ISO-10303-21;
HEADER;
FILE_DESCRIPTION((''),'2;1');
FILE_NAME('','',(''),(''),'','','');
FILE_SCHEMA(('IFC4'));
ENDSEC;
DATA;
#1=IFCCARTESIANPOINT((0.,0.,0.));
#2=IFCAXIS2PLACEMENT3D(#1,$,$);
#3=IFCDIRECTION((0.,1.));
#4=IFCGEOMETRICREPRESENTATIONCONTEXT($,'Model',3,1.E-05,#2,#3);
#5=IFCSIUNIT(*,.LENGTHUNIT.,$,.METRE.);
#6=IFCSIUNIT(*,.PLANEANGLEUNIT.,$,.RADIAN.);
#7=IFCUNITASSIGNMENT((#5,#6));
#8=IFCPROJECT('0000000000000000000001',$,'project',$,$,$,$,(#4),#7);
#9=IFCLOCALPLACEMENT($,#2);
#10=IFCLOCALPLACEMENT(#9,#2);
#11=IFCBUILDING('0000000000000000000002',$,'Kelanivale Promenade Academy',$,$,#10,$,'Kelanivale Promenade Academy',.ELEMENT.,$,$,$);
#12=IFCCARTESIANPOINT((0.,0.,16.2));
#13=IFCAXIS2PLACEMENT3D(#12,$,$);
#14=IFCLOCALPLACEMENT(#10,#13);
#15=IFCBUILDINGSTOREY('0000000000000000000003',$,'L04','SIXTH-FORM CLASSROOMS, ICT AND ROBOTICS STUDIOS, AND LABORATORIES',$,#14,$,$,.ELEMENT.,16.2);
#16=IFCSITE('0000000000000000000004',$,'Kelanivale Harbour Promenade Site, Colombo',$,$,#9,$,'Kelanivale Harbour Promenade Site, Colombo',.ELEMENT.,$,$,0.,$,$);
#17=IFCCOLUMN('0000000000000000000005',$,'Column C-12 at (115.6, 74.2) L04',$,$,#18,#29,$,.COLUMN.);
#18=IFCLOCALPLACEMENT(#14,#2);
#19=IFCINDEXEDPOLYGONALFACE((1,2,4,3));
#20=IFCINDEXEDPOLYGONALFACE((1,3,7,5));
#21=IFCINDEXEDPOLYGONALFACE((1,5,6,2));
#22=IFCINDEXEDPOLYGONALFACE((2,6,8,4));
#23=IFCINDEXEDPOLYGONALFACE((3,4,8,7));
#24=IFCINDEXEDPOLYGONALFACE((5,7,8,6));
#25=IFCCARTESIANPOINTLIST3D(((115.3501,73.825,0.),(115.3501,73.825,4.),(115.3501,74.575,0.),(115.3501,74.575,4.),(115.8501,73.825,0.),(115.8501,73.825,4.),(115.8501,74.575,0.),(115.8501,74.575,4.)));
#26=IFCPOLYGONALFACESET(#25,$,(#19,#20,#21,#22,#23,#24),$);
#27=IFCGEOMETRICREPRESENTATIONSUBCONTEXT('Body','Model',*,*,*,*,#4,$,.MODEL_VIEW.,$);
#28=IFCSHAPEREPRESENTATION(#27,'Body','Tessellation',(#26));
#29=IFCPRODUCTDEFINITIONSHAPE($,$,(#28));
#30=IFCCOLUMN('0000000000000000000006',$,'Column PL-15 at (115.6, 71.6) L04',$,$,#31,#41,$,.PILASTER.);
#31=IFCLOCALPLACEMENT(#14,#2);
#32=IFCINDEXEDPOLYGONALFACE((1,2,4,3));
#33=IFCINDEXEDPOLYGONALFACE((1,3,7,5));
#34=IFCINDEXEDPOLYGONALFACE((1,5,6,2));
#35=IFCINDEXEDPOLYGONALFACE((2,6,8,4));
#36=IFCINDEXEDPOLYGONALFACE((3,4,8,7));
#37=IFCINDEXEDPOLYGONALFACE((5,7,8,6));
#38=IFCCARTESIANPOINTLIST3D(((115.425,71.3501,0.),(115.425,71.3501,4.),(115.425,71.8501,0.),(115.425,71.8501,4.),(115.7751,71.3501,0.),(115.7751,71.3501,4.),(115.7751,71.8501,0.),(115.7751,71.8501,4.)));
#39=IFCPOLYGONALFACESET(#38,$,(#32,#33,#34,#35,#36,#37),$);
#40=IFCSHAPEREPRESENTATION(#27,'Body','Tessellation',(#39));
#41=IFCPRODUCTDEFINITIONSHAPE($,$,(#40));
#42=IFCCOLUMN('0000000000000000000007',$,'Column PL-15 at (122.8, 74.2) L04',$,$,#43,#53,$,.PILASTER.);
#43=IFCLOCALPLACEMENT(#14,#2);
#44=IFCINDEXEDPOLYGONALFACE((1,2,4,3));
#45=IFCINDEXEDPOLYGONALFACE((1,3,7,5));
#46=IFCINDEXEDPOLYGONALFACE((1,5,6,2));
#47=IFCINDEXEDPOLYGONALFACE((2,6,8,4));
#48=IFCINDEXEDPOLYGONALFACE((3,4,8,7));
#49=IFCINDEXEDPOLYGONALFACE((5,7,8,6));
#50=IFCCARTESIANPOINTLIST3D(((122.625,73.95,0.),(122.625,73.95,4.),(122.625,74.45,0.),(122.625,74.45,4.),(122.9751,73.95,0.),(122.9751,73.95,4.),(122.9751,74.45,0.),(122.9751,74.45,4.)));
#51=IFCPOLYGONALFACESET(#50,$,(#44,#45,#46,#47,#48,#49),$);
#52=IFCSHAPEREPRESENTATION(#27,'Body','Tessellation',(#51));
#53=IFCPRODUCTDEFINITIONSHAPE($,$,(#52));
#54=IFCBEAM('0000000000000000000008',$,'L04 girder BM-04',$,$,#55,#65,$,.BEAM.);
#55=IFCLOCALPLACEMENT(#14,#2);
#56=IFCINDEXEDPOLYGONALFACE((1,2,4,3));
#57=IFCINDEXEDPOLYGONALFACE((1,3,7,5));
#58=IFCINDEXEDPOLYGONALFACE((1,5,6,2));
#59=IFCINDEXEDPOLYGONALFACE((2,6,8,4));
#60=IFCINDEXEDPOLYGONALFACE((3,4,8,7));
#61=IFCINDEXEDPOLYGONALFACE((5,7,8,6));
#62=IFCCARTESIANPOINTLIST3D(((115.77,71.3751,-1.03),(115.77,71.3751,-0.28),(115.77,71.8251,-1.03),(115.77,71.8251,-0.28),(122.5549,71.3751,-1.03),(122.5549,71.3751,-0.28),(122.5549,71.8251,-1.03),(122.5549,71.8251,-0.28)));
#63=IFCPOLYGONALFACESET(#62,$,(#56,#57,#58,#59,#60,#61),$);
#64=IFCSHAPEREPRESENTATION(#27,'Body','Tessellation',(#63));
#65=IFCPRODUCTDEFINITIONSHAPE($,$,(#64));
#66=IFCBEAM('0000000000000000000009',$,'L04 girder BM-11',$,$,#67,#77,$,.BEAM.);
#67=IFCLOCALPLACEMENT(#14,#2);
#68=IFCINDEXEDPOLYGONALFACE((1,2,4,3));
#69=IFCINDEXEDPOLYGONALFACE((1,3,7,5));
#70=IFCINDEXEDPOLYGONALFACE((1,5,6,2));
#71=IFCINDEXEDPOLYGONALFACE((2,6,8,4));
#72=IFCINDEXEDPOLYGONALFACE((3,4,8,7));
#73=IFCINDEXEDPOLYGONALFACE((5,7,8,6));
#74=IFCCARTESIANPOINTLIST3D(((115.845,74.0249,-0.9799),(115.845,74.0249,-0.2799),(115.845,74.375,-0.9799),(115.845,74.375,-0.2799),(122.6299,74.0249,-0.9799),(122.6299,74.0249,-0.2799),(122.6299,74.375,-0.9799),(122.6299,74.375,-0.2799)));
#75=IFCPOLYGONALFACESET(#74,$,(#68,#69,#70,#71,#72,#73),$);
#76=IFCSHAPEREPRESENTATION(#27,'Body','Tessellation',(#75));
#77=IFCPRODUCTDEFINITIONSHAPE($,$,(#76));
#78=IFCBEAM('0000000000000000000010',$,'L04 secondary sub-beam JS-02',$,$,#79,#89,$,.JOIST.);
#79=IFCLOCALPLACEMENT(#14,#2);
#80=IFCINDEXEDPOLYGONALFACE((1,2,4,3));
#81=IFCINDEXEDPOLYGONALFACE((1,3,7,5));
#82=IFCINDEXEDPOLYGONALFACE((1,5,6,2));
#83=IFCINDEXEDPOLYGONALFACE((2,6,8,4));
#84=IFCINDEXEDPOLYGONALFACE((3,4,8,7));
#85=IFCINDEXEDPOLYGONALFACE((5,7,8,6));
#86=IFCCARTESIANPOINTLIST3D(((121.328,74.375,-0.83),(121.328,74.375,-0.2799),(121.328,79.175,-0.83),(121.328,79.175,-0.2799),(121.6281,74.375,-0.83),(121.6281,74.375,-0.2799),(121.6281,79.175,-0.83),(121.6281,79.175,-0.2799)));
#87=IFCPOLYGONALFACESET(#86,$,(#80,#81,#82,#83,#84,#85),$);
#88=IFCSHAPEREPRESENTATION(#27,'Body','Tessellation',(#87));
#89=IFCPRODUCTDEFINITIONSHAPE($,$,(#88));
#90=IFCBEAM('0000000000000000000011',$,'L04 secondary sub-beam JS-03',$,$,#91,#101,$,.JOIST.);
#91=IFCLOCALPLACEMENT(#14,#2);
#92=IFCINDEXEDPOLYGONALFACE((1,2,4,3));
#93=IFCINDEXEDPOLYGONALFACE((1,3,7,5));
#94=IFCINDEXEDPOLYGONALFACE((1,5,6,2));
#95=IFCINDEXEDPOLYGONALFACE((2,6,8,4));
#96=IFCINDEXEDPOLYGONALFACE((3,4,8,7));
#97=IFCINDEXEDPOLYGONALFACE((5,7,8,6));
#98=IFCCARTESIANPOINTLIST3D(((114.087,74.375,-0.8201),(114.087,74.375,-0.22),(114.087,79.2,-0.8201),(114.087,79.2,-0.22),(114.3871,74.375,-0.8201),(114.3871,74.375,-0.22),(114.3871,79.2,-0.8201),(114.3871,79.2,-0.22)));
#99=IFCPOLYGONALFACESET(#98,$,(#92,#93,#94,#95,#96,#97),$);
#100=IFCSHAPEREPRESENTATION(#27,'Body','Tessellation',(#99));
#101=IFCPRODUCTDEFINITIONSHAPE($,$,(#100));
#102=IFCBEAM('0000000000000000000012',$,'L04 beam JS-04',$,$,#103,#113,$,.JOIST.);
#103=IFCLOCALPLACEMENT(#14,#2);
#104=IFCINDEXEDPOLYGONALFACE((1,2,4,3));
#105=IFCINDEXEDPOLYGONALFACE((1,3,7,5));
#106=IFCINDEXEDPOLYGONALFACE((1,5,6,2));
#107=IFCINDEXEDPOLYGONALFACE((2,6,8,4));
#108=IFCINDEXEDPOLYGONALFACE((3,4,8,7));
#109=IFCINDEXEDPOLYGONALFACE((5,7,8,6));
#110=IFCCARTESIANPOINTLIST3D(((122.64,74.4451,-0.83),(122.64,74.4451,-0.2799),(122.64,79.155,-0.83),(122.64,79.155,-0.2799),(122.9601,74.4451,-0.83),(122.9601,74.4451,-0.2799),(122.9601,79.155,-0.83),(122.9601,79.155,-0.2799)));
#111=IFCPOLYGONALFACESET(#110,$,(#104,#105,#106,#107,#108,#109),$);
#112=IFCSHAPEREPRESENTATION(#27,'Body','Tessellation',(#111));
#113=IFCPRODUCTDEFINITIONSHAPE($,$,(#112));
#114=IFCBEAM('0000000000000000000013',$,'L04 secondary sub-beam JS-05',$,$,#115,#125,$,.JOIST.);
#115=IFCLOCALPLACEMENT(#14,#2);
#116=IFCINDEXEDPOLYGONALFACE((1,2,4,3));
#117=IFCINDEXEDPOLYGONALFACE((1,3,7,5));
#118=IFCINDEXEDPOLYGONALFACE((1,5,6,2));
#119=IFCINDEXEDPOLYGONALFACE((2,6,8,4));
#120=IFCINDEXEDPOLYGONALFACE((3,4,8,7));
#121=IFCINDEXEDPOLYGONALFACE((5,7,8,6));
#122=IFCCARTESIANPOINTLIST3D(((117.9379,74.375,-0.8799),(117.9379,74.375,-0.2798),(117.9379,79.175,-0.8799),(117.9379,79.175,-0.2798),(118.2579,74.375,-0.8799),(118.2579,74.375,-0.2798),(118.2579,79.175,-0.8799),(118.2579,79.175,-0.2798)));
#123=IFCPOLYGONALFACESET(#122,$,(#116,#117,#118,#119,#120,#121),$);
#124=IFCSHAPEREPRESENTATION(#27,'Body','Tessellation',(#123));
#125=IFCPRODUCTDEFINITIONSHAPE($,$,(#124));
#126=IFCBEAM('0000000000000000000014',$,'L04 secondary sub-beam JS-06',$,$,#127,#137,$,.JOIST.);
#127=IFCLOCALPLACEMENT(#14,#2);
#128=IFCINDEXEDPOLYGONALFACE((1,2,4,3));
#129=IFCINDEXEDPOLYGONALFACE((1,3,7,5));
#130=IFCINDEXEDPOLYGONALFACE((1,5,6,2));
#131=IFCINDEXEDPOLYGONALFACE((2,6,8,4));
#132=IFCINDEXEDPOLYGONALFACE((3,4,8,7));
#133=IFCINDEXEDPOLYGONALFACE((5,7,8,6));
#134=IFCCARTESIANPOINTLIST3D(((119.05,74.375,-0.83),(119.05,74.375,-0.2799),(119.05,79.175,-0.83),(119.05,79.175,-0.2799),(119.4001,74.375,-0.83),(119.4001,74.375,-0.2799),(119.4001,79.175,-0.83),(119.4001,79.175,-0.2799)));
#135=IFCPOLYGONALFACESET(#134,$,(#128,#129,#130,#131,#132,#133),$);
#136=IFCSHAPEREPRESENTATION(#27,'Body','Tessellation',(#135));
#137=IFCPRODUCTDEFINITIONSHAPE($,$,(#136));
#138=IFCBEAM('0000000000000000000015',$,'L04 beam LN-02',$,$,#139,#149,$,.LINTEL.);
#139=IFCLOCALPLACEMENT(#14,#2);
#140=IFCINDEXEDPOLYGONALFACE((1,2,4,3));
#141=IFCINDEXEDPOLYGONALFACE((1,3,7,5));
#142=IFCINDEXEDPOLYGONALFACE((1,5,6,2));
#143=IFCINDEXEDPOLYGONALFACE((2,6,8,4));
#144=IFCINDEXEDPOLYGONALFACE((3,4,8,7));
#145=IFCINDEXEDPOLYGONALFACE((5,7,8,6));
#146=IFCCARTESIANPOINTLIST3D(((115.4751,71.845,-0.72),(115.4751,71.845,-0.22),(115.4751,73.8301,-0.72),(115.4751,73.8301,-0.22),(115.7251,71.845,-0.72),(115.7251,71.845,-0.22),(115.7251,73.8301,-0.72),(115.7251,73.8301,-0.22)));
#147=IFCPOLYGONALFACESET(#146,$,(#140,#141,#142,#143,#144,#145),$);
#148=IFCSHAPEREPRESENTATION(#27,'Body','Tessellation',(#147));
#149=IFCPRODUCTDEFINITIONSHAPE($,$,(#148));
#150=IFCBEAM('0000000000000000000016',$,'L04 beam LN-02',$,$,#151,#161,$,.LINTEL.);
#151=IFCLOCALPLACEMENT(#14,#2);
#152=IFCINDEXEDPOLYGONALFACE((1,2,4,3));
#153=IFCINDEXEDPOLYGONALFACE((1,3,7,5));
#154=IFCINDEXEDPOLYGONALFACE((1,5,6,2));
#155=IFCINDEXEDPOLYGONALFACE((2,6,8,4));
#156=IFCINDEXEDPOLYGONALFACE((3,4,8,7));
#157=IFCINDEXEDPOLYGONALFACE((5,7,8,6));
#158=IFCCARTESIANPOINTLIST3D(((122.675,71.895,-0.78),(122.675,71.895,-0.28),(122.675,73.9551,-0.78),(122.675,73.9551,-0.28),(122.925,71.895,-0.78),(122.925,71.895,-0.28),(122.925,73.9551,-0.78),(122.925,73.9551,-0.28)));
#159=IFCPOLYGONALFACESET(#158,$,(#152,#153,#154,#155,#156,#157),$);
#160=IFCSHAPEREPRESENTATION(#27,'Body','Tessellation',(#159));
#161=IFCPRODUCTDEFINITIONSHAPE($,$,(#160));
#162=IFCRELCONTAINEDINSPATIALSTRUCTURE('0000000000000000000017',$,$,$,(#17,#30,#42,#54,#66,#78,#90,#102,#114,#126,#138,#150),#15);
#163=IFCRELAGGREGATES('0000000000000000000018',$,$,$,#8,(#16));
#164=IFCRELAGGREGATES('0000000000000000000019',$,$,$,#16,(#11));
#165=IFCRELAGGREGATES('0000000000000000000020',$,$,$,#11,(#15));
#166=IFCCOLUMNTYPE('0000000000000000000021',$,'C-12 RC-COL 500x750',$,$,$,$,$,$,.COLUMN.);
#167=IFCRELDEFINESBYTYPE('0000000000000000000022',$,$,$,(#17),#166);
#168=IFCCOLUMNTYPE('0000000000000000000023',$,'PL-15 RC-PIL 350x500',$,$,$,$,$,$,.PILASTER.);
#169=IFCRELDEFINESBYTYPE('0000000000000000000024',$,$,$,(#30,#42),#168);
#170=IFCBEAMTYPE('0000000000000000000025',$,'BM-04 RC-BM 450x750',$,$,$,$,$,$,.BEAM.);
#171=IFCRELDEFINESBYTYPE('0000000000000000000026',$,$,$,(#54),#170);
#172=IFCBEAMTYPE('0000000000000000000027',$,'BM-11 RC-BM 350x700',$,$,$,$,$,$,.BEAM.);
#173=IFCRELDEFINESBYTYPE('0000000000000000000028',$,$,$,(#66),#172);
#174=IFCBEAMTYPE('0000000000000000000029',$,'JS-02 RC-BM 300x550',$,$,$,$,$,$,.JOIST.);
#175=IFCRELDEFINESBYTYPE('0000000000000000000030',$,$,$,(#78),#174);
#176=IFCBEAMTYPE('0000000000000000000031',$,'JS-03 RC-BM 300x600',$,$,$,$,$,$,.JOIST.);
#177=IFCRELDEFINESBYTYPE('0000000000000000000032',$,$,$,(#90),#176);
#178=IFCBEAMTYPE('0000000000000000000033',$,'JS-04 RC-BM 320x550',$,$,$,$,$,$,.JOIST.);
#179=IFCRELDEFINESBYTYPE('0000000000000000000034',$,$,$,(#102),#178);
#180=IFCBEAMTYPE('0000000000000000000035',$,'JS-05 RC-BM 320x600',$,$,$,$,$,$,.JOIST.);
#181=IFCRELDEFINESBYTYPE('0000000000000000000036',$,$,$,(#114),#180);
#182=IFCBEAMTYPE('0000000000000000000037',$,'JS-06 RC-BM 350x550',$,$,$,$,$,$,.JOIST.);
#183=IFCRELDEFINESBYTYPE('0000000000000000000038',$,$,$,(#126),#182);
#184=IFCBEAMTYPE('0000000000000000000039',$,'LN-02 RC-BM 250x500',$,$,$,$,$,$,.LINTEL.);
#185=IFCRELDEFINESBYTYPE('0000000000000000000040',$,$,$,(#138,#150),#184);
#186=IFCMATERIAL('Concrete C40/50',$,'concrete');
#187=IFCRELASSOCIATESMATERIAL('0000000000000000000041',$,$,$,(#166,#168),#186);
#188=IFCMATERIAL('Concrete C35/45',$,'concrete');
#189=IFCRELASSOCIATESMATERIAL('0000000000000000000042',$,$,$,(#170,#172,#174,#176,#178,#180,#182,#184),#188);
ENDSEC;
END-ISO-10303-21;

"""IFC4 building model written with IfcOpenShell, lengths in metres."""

from ifc_helpers import new_model, si_unit, direction, frame, origin, origin_2d, place, context, subcontext, project, spatial, rectangle, extrude, material, material_profile, profile_set, type_object, element, save


model = new_model("IFC4")

# Units and contexts
model_context = context("Model", 3, precision=1e-05, world=origin(), true_north=direction((0.0, 1.0)))
body_context = subcontext(model_context, "Body", "Model", "MODEL_VIEW")
ifc_project = project(units=[si_unit("LENGTHUNIT", "METRE"), si_unit("PLANEANGLEUNIT", "RADIAN")], contexts=[model_context])

# Site, building, storey
site_placement = place(None, origin())
site = spatial("IfcSite", under=ifc_project, at=site_placement, Name="Kelanivale Harbour Promenade Site, Colombo", LongName="Kelanivale Harbour Promenade Site, Colombo", CompositionType="ELEMENT", RefElevation=0.0)
building_placement = place(site_placement, origin())
building = spatial("IfcBuilding", under=site, at=building_placement, Name="Kelanivale Promenade Academy", LongName="Kelanivale Promenade Academy", CompositionType="ELEMENT")
storey_placement = place(building_placement, frame((0.0, 0.0, 16.2)))
storey = spatial("IfcBuildingStorey", under=building, at=storey_placement, Name="L04", Description="SIXTH-FORM CLASSROOMS, ICT AND ROBOTICS STUDIOS, AND LABORATORIES", CompositionType="ELEMENT", Elevation=16.2)

# Columns
ifc_material_1 = material(Name="Concrete C40/50", Category="concrete")
ifc_material_profile_1 = material_profile(ifc_material_1, rectangle(XDim=0.5, YDim=0.75, at=origin_2d()), Name="RC-COL 500x750")
ifc_profile_set_1 = profile_set([ifc_material_profile_1], Name="Concrete C40/50")
column_type_1 = type_object("IfcColumnType", Name="C-12 RC-COL 500x750", PredefinedType="COLUMN", material=ifc_profile_set_1)
column_placement = place(storey_placement, frame((115.6001, 74.2, 0.0), z_axis=(0.0, 0.0, 1.0), x_axis=(1.0, 0.0, 0.0)))
element("IfcColumn", 1, at=column_placement, inside=storey, type_object=column_type_1, Name="Column C-12 at (115.6, 74.2) L04", PredefinedType="COLUMN", context=body_context, shape_type="SweptSolid", body=[
    extrude(rectangle(XDim=0.5, YDim=0.75, at=origin_2d()), origin(), (0.0, 0.0, 1.0), 4.0),
])
ifc_material_profile_2 = material_profile(ifc_material_1, rectangle(XDim=0.3501, YDim=0.5, at=origin_2d()), Name="RC-PIL 350x500")
ifc_profile_set_2 = profile_set([ifc_material_profile_2], Name="Concrete C40/50")
column_type_2 = type_object("IfcColumnType", Name="PL-15 RC-PIL 350x500", PredefinedType="PILASTER", material=ifc_profile_set_2)
for number, where, z_axis, x_axis, name in (
    (2, (115.6001, 71.6001, 0.0), (0.0, 0.0, 1.0), (1.0, 0.0, 0.0), "Column PL-15 at (115.6, 71.6) L04"),
    (3, (122.8, 74.2, 0.0), (0.0, 0.0, 1.0), (1.0, 0.0, 0.0), "Column PL-15 at (122.8, 74.2) L04"),
):
    element("IfcColumn", number, at=place(storey_placement, frame(where, z_axis=z_axis, x_axis=x_axis)), inside=storey, type_object=column_type_2, Name=name, PredefinedType="PILASTER", context=body_context, shape_type="SweptSolid", body=[
        extrude(rectangle(XDim=0.3501, YDim=0.5, at=origin_2d()), origin(), (0.0, 0.0, 1.0), 4.0),
    ])

# Beams
ifc_material_2 = material(Name="Concrete C35/45", Category="concrete")
ifc_material_profile_3 = material_profile(ifc_material_2, rectangle(XDim=0.45, YDim=0.75, at=origin_2d()), Name="RC-BM 450x750")
ifc_profile_set_3 = profile_set([ifc_material_profile_3], Name="Concrete C35/45")
beam_type_1 = type_object("IfcBeamType", Name="BM-04 RC-BM 450x750", PredefinedType="BEAM", material=ifc_profile_set_3)
beam_1_placement = place(storey_placement, frame((115.77, 71.6001, -0.655), z_axis=(1.0, 0.0, 0.0), x_axis=(0.0, 1.0, 0.0)))
element("IfcBeam", 4, at=beam_1_placement, inside=storey, type_object=beam_type_1, Name="L04 girder BM-04", PredefinedType="BEAM", context=body_context, shape_type="SweptSolid", body=[
    extrude(rectangle(XDim=0.45, YDim=0.75, at=origin_2d()), origin(), (0.0, 0.0, 1.0), 6.7849),
])
ifc_material_profile_4 = material_profile(ifc_material_2, rectangle(XDim=0.3501, YDim=0.7, at=origin_2d()), Name="RC-BM 350x700")
ifc_profile_set_4 = profile_set([ifc_material_profile_4], Name="Concrete C35/45")
beam_type_2 = type_object("IfcBeamType", Name="BM-11 RC-BM 350x700", PredefinedType="BEAM", material=ifc_profile_set_4)
beam_2_placement = place(storey_placement, frame((115.845, 74.2, -0.6299), z_axis=(1.0, 0.0, 0.0), x_axis=(0.0, 1.0, 0.0)))
element("IfcBeam", 5, at=beam_2_placement, inside=storey, type_object=beam_type_2, Name="L04 girder BM-11", PredefinedType="BEAM", context=body_context, shape_type="SweptSolid", body=[
    extrude(rectangle(XDim=0.3501, YDim=0.7, at=origin_2d()), origin(), (0.0, 0.0, 1.0), 6.7849),
])
ifc_material_profile_5 = material_profile(ifc_material_2, rectangle(XDim=0.3, YDim=0.55, at=origin_2d()), Name="RC-BM 300x550")
ifc_profile_set_5 = profile_set([ifc_material_profile_5], Name="Concrete C35/45")
beam_type_3 = type_object("IfcBeamType", Name="JS-02 RC-BM 300x550", PredefinedType="JOIST", material=ifc_profile_set_5)
beam_3_placement = place(storey_placement, frame((121.478, 74.375, -0.5549), z_axis=(0.0, 1.0, 0.0), x_axis=(-1.0, 0.0, 0.0)))
element("IfcBeam", 6, at=beam_3_placement, inside=storey, type_object=beam_type_3, Name="L04 secondary sub-beam JS-02", PredefinedType="JOIST", context=body_context, shape_type="SweptSolid", body=[
    extrude(rectangle(XDim=0.3, YDim=0.55, at=origin_2d()), origin(), (0.0, 0.0, 1.0), 4.8),
])
ifc_material_profile_6 = material_profile(ifc_material_2, rectangle(XDim=0.3, YDim=0.6001, at=origin_2d()), Name="RC-BM 300x600")
ifc_profile_set_6 = profile_set([ifc_material_profile_6], Name="Concrete C35/45")
beam_type_4 = type_object("IfcBeamType", Name="JS-03 RC-BM 300x600", PredefinedType="JOIST", material=ifc_profile_set_6)
beam_4_placement = place(storey_placement, frame((114.2371, 74.375, -0.52), z_axis=(0.0, 1.0, 0.0), x_axis=(-1.0, 0.0, 0.0)))
element("IfcBeam", 7, at=beam_4_placement, inside=storey, type_object=beam_type_4, Name="L04 secondary sub-beam JS-03", PredefinedType="JOIST", context=body_context, shape_type="SweptSolid", body=[
    extrude(rectangle(XDim=0.3, YDim=0.6001, at=origin_2d()), origin(), (0.0, 0.0, 1.0), 4.825),
])
ifc_material_profile_7 = material_profile(ifc_material_2, rectangle(XDim=0.3201, YDim=0.55, at=origin_2d()), Name="RC-BM 320x550")
ifc_profile_set_7 = profile_set([ifc_material_profile_7], Name="Concrete C35/45")
beam_type_5 = type_object("IfcBeamType", Name="JS-04 RC-BM 320x550", PredefinedType="JOIST", material=ifc_profile_set_7)
beam_5_placement = place(storey_placement, frame((122.8, 74.4451, -0.5549), z_axis=(0.0, 1.0, 0.0), x_axis=(-1.0, 0.0, 0.0)))
element("IfcBeam", 8, at=beam_5_placement, inside=storey, type_object=beam_type_5, Name="L04 beam JS-04", PredefinedType="JOIST", context=body_context, shape_type="SweptSolid", body=[
    extrude(rectangle(XDim=0.3201, YDim=0.55, at=origin_2d()), origin(), (0.0, 0.0, 1.0), 4.71),
])
ifc_material_profile_8 = material_profile(ifc_material_2, rectangle(XDim=0.3201, YDim=0.6001, at=origin_2d()), Name="RC-BM 320x600")
ifc_profile_set_8 = profile_set([ifc_material_profile_8], Name="Concrete C35/45")
beam_type_6 = type_object("IfcBeamType", Name="JS-05 RC-BM 320x600", PredefinedType="JOIST", material=ifc_profile_set_8)
beam_6_placement = place(storey_placement, frame((118.0979, 74.375, -0.5798), z_axis=(0.0, 1.0, 0.0), x_axis=(-1.0, 0.0, 0.0)))
element("IfcBeam", 9, at=beam_6_placement, inside=storey, type_object=beam_type_6, Name="L04 secondary sub-beam JS-05", PredefinedType="JOIST", context=body_context, shape_type="SweptSolid", body=[
    extrude(rectangle(XDim=0.3201, YDim=0.6001, at=origin_2d()), origin(), (0.0, 0.0, 1.0), 4.8),
])
ifc_material_profile_9 = material_profile(ifc_material_2, rectangle(XDim=0.3501, YDim=0.55, at=origin_2d()), Name="RC-BM 350x550")
ifc_profile_set_9 = profile_set([ifc_material_profile_9], Name="Concrete C35/45")
beam_type_7 = type_object("IfcBeamType", Name="JS-06 RC-BM 350x550", PredefinedType="JOIST", material=ifc_profile_set_9)
beam_7_placement = place(storey_placement, frame((119.2251, 74.375, -0.5549), z_axis=(0.0, 1.0, 0.0), x_axis=(-1.0, 0.0, 0.0)))
element("IfcBeam", 10, at=beam_7_placement, inside=storey, type_object=beam_type_7, Name="L04 secondary sub-beam JS-06", PredefinedType="JOIST", context=body_context, shape_type="SweptSolid", body=[
    extrude(rectangle(XDim=0.3501, YDim=0.55, at=origin_2d()), origin(), (0.0, 0.0, 1.0), 4.8),
])
ifc_material_profile_10 = material_profile(ifc_material_2, rectangle(XDim=0.25, YDim=0.5, at=origin_2d()), Name="RC-BM 250x500")
ifc_profile_set_10 = profile_set([ifc_material_profile_10], Name="Concrete C35/45")
beam_type_8 = type_object("IfcBeamType", Name="LN-02 RC-BM 250x500", PredefinedType="LINTEL", material=ifc_profile_set_10)
beam_8_placement = place(storey_placement, frame((115.6001, 71.845, -0.47), z_axis=(0.0, 1.0, 0.0), x_axis=(-1.0, 0.0, 0.0)))
element("IfcBeam", 11, at=beam_8_placement, inside=storey, type_object=beam_type_8, Name="L04 beam LN-02", PredefinedType="LINTEL", context=body_context, shape_type="SweptSolid", body=[
    extrude(rectangle(XDim=0.25, YDim=0.5, at=origin_2d()), origin(), (0.0, 0.0, 1.0), 1.9851),
])
beam_9_placement = place(storey_placement, frame((122.8, 71.895, -0.53), z_axis=(0.0, 1.0, 0.0), x_axis=(-1.0, 0.0, 0.0)))
element("IfcBeam", 12, at=beam_9_placement, inside=storey, type_object=beam_type_8, Name="L04 beam LN-02", PredefinedType="LINTEL", context=body_context, shape_type="SweptSolid", body=[
    extrude(rectangle(XDim=0.25, YDim=0.5, at=origin_2d()), origin(), (0.0, 0.0, 1.0), 2.0601),
])

save(model, "model.ifc")
